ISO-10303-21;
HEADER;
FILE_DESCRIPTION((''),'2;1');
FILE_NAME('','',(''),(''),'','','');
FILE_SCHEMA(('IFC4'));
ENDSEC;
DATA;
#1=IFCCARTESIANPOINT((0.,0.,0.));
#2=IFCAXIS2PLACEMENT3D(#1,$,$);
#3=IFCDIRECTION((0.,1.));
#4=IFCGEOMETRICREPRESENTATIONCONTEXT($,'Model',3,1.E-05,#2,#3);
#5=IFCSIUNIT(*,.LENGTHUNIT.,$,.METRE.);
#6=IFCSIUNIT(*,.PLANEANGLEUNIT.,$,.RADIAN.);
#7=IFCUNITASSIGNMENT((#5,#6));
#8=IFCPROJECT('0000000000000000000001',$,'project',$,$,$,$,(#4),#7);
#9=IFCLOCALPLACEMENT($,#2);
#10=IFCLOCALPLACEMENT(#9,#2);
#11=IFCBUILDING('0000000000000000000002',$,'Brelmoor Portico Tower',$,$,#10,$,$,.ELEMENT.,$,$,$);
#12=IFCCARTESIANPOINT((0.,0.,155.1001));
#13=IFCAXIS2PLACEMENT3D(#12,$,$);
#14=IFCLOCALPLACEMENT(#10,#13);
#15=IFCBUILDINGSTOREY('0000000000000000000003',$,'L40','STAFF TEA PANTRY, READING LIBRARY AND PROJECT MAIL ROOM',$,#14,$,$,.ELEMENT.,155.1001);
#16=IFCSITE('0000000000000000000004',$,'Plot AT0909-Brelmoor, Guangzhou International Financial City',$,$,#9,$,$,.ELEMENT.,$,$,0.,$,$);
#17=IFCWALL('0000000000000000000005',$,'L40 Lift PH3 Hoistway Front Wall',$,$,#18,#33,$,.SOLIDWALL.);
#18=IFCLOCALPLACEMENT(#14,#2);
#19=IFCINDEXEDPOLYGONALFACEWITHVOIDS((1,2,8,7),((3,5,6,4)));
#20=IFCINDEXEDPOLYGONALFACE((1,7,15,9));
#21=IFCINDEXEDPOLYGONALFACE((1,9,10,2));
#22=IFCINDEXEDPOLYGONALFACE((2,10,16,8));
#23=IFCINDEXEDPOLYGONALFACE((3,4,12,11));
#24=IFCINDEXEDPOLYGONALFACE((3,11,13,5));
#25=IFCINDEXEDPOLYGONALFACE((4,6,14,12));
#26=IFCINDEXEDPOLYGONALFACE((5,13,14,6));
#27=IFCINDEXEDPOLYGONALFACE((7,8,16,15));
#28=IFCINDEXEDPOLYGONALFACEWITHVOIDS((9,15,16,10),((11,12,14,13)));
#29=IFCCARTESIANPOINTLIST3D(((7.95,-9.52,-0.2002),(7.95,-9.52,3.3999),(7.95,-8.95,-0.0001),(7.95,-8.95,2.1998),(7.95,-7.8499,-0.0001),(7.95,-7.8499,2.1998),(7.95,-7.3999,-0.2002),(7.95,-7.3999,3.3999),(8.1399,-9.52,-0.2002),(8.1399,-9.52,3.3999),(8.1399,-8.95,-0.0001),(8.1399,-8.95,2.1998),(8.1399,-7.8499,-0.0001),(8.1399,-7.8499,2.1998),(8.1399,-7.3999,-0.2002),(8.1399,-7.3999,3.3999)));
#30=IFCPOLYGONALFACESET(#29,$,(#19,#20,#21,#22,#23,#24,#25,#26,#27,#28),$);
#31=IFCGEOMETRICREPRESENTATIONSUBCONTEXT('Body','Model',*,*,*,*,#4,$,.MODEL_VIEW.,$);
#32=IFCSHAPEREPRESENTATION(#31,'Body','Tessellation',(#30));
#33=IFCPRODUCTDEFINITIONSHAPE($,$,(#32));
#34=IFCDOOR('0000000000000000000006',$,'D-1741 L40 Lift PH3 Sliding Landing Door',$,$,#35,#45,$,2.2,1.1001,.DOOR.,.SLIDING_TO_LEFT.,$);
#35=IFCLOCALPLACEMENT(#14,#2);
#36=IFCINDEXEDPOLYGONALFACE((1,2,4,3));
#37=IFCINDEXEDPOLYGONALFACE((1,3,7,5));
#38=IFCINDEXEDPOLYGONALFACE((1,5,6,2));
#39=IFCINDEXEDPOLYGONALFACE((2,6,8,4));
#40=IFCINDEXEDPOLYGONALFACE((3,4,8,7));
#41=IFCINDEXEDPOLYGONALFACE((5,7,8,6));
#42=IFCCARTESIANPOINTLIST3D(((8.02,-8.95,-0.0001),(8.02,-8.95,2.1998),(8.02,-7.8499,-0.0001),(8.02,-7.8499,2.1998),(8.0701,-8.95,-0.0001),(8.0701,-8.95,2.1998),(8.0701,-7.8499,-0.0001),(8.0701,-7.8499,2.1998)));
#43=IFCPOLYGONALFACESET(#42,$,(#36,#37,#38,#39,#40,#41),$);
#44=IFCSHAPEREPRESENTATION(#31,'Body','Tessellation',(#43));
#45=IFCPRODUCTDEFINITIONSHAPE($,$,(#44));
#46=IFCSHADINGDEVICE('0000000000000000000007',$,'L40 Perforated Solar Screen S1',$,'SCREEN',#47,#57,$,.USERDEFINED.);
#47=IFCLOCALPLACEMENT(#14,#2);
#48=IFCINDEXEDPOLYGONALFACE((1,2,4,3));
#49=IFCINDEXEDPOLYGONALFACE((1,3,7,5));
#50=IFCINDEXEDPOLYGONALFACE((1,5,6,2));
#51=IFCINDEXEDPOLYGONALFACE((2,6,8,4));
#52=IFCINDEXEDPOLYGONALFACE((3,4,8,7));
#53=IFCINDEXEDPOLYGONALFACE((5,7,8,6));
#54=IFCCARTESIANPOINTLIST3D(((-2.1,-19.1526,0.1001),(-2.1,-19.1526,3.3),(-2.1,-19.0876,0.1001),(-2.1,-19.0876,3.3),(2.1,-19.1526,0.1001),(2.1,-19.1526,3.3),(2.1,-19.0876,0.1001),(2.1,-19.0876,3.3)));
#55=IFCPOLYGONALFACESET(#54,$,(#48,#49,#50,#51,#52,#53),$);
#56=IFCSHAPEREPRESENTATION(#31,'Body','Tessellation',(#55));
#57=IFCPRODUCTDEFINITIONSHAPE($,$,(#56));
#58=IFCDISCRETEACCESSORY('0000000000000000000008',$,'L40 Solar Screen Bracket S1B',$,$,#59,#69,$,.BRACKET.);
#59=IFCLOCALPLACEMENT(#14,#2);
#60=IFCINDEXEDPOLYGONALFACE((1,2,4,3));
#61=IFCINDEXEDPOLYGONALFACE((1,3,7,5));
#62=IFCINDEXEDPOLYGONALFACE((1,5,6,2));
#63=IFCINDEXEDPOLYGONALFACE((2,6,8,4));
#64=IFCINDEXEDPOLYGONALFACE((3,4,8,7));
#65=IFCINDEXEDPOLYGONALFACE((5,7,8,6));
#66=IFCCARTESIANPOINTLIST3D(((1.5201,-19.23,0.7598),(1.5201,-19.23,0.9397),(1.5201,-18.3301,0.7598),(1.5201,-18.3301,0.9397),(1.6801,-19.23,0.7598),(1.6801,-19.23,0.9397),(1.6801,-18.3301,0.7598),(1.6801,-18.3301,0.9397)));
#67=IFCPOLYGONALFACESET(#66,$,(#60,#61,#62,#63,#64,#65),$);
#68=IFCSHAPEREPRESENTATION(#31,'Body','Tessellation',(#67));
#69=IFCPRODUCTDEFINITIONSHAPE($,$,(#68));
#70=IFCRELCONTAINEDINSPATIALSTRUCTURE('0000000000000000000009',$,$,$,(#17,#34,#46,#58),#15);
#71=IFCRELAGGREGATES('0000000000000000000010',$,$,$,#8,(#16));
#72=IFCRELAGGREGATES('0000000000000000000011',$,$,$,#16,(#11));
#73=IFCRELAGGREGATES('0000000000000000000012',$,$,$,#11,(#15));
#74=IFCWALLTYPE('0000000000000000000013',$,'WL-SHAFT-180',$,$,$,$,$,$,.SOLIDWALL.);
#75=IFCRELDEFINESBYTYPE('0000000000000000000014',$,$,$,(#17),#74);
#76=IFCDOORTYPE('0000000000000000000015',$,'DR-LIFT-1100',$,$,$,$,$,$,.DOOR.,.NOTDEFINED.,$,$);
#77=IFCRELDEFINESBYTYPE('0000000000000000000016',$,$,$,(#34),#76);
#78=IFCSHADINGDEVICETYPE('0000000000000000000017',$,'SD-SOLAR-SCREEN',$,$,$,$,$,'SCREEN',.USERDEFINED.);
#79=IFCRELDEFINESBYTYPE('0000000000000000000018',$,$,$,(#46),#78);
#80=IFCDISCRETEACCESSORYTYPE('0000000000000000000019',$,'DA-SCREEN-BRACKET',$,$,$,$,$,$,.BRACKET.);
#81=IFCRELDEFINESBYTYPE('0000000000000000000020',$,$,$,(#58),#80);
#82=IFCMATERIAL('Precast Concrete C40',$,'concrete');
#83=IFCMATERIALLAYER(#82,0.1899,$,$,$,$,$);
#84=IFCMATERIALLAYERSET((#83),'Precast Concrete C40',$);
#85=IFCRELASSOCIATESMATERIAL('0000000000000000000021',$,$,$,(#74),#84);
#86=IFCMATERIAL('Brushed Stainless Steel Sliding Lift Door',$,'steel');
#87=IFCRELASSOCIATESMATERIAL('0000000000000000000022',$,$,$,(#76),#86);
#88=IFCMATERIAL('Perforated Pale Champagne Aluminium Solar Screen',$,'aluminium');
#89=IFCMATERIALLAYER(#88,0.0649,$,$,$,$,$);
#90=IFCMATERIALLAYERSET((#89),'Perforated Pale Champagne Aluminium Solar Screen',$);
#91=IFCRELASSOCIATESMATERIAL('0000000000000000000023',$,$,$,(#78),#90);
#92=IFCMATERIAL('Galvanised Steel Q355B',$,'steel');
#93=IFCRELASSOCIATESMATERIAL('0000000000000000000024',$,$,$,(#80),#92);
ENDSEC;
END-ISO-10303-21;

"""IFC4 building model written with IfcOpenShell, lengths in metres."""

from ifc_helpers import new_model, si_unit, direction, frame, frame_2d, origin, origin_2d, place, context, subcontext, project, spatial, rectangle, extrude, material, layer, layer_set, type_object, element, fill, save


model = new_model("IFC4")

# Units and contexts
model_context = context("Model", 3, precision=1e-05, world=origin(), true_north=direction((0.0, 1.0)))
body_context = subcontext(model_context, "Body", "Model", "MODEL_VIEW")
ifc_project = project(units=[si_unit("LENGTHUNIT", "METRE"), si_unit("PLANEANGLEUNIT", "RADIAN")], contexts=[model_context])

# Site, building, storey
site_placement = place(None, origin())
site = spatial("IfcSite", under=ifc_project, at=site_placement, Name="Plot AT0909-Brelmoor, Guangzhou International Financial City", CompositionType="ELEMENT", RefElevation=0.0)
building_placement = place(site_placement, origin())
building = spatial("IfcBuilding", under=site, at=building_placement, Name="Brelmoor Portico Tower", CompositionType="ELEMENT")
storey_placement = place(building_placement, frame((0.0, 0.0, 155.1001)))
storey = spatial("IfcBuildingStorey", under=building, at=storey_placement, Name="L40", Description="STAFF TEA PANTRY, READING LIBRARY AND PROJECT MAIL ROOM", CompositionType="ELEMENT", Elevation=155.1001)

# Wall, opening, door
ifc_material_1 = material(Name="Precast Concrete C40", Category="concrete")
ifc_layer_1 = layer(ifc_material_1, 0.1899)
ifc_layer_set_1 = layer_set([ifc_layer_1], Name="Precast Concrete C40")
wall_type_1 = type_object("IfcWallType", Name="WL-SHAFT-180", PredefinedType="SOLIDWALL", material=ifc_layer_set_1)
wall_1_placement = place(storey_placement, frame((8.0449, -9.52, -0.2002), z_axis=(0.0, 0.0, 1.0), x_axis=(0.0, 1.0, 0.0)))
wall_1 = element("IfcWall", 1, at=wall_1_placement, inside=storey, type_object=wall_type_1, Name="L40 Lift PH3 Hoistway Front Wall", PredefinedType="SOLIDWALL", context=body_context, shape_type="SweptSolid", body=[
    extrude(rectangle(XDim=2.1201, YDim=0.1899, at=frame_2d((1.0601, 0.0))), origin(), (0.0, 0.0, 1.0), 3.6001),
])
opening_1_placement = place(wall_1_placement, frame((0.5701, 0.0, 0.2)))
opening_1 = element("IfcOpeningElement", 2, at=opening_1_placement, cuts=wall_1, PredefinedType="OPENING", context=body_context, shape_type="SweptSolid", body=[
    extrude(rectangle(XDim=1.1001, YDim=2.2, at=frame_2d((0.55, 1.1001))), frame((0.0, 0.105, 0.0), z_axis=(0.0, -1.0, 0.0), x_axis=(1.0, 0.0, 0.0)), (0.0, 0.0, 1.0), 0.21),
])
ifc_material_2 = material(Name="Brushed Stainless Steel Sliding Lift Door", Category="steel")
door_type_1 = type_object("IfcDoorType", Name="DR-LIFT-1100", OperationType="NOTDEFINED", PredefinedType="DOOR", material=ifc_material_2)
door_1_placement = place(opening_1_placement, origin())
door_1 = element("IfcDoor", 3, at=door_1_placement, inside=storey, type_object=door_type_1, Name="D-1741 L40 Lift PH3 Sliding Landing Door", OperationType="SLIDING_TO_LEFT", OverallHeight=2.2, OverallWidth=1.1001, PredefinedType="DOOR", context=body_context, shape_type="SweptSolid", body=[
    extrude(rectangle(XDim=1.1001, YDim=2.2, at=frame_2d((0.55, 1.1001))), frame((0.0, 0.0249, 0.0), z_axis=(0.0, -1.0, 0.0), x_axis=(1.0, 0.0, 0.0)), (0.0, 0.0, 1.0), 0.05),
])
fill(opening_1, door_1)

# Shading device
ifc_material_3 = material(Name="Perforated Pale Champagne Aluminium Solar Screen", Category="aluminium")
ifc_layer_2 = layer(ifc_material_3, 0.0649)
ifc_layer_set_2 = layer_set([ifc_layer_2], Name="Perforated Pale Champagne Aluminium Solar Screen")
shading_device_type = type_object("IfcShadingDeviceType", Name="SD-SOLAR-SCREEN", ElementType="SCREEN", PredefinedType="USERDEFINED", material=ifc_layer_set_2)
shading_device_placement = place(storey_placement, frame((0.0, -19.1201, 0.1001), z_axis=(0.0, 0.0, 1.0), x_axis=(1.0, 0.0, 0.0)))
element("IfcShadingDevice", 4, at=shading_device_placement, inside=storey, type_object=shading_device_type, Name="L40 Perforated Solar Screen S1", ObjectType="SCREEN", PredefinedType="USERDEFINED", context=body_context, shape_type="SweptSolid", body=[
    extrude(rectangle(XDim=4.2, YDim=0.0649, at=origin_2d()), origin(), (0.0, 0.0, 1.0), 3.2),
])

# Discrete accessory
ifc_material_4 = material(Name="Galvanised Steel Q355B", Category="steel")
discrete_accessory_type = type_object("IfcDiscreteAccessoryType", Name="DA-SCREEN-BRACKET", PredefinedType="BRACKET", material=ifc_material_4)
discrete_accessory_placement = place(storey_placement, frame((1.6001, -18.78, 0.7598), z_axis=(0.0, 0.0, 1.0), x_axis=(1.0, 0.0, 0.0)))
element("IfcDiscreteAccessory", 5, at=discrete_accessory_placement, inside=storey, type_object=discrete_accessory_type, Name="L40 Solar Screen Bracket S1B", PredefinedType="BRACKET", context=body_context, shape_type="SweptSolid", body=[
    extrude(rectangle(XDim=0.1599, YDim=0.8999, at=origin_2d()), origin(), (0.0, 0.0, 1.0), 0.1799),
])

save(model, "model.ifc")
